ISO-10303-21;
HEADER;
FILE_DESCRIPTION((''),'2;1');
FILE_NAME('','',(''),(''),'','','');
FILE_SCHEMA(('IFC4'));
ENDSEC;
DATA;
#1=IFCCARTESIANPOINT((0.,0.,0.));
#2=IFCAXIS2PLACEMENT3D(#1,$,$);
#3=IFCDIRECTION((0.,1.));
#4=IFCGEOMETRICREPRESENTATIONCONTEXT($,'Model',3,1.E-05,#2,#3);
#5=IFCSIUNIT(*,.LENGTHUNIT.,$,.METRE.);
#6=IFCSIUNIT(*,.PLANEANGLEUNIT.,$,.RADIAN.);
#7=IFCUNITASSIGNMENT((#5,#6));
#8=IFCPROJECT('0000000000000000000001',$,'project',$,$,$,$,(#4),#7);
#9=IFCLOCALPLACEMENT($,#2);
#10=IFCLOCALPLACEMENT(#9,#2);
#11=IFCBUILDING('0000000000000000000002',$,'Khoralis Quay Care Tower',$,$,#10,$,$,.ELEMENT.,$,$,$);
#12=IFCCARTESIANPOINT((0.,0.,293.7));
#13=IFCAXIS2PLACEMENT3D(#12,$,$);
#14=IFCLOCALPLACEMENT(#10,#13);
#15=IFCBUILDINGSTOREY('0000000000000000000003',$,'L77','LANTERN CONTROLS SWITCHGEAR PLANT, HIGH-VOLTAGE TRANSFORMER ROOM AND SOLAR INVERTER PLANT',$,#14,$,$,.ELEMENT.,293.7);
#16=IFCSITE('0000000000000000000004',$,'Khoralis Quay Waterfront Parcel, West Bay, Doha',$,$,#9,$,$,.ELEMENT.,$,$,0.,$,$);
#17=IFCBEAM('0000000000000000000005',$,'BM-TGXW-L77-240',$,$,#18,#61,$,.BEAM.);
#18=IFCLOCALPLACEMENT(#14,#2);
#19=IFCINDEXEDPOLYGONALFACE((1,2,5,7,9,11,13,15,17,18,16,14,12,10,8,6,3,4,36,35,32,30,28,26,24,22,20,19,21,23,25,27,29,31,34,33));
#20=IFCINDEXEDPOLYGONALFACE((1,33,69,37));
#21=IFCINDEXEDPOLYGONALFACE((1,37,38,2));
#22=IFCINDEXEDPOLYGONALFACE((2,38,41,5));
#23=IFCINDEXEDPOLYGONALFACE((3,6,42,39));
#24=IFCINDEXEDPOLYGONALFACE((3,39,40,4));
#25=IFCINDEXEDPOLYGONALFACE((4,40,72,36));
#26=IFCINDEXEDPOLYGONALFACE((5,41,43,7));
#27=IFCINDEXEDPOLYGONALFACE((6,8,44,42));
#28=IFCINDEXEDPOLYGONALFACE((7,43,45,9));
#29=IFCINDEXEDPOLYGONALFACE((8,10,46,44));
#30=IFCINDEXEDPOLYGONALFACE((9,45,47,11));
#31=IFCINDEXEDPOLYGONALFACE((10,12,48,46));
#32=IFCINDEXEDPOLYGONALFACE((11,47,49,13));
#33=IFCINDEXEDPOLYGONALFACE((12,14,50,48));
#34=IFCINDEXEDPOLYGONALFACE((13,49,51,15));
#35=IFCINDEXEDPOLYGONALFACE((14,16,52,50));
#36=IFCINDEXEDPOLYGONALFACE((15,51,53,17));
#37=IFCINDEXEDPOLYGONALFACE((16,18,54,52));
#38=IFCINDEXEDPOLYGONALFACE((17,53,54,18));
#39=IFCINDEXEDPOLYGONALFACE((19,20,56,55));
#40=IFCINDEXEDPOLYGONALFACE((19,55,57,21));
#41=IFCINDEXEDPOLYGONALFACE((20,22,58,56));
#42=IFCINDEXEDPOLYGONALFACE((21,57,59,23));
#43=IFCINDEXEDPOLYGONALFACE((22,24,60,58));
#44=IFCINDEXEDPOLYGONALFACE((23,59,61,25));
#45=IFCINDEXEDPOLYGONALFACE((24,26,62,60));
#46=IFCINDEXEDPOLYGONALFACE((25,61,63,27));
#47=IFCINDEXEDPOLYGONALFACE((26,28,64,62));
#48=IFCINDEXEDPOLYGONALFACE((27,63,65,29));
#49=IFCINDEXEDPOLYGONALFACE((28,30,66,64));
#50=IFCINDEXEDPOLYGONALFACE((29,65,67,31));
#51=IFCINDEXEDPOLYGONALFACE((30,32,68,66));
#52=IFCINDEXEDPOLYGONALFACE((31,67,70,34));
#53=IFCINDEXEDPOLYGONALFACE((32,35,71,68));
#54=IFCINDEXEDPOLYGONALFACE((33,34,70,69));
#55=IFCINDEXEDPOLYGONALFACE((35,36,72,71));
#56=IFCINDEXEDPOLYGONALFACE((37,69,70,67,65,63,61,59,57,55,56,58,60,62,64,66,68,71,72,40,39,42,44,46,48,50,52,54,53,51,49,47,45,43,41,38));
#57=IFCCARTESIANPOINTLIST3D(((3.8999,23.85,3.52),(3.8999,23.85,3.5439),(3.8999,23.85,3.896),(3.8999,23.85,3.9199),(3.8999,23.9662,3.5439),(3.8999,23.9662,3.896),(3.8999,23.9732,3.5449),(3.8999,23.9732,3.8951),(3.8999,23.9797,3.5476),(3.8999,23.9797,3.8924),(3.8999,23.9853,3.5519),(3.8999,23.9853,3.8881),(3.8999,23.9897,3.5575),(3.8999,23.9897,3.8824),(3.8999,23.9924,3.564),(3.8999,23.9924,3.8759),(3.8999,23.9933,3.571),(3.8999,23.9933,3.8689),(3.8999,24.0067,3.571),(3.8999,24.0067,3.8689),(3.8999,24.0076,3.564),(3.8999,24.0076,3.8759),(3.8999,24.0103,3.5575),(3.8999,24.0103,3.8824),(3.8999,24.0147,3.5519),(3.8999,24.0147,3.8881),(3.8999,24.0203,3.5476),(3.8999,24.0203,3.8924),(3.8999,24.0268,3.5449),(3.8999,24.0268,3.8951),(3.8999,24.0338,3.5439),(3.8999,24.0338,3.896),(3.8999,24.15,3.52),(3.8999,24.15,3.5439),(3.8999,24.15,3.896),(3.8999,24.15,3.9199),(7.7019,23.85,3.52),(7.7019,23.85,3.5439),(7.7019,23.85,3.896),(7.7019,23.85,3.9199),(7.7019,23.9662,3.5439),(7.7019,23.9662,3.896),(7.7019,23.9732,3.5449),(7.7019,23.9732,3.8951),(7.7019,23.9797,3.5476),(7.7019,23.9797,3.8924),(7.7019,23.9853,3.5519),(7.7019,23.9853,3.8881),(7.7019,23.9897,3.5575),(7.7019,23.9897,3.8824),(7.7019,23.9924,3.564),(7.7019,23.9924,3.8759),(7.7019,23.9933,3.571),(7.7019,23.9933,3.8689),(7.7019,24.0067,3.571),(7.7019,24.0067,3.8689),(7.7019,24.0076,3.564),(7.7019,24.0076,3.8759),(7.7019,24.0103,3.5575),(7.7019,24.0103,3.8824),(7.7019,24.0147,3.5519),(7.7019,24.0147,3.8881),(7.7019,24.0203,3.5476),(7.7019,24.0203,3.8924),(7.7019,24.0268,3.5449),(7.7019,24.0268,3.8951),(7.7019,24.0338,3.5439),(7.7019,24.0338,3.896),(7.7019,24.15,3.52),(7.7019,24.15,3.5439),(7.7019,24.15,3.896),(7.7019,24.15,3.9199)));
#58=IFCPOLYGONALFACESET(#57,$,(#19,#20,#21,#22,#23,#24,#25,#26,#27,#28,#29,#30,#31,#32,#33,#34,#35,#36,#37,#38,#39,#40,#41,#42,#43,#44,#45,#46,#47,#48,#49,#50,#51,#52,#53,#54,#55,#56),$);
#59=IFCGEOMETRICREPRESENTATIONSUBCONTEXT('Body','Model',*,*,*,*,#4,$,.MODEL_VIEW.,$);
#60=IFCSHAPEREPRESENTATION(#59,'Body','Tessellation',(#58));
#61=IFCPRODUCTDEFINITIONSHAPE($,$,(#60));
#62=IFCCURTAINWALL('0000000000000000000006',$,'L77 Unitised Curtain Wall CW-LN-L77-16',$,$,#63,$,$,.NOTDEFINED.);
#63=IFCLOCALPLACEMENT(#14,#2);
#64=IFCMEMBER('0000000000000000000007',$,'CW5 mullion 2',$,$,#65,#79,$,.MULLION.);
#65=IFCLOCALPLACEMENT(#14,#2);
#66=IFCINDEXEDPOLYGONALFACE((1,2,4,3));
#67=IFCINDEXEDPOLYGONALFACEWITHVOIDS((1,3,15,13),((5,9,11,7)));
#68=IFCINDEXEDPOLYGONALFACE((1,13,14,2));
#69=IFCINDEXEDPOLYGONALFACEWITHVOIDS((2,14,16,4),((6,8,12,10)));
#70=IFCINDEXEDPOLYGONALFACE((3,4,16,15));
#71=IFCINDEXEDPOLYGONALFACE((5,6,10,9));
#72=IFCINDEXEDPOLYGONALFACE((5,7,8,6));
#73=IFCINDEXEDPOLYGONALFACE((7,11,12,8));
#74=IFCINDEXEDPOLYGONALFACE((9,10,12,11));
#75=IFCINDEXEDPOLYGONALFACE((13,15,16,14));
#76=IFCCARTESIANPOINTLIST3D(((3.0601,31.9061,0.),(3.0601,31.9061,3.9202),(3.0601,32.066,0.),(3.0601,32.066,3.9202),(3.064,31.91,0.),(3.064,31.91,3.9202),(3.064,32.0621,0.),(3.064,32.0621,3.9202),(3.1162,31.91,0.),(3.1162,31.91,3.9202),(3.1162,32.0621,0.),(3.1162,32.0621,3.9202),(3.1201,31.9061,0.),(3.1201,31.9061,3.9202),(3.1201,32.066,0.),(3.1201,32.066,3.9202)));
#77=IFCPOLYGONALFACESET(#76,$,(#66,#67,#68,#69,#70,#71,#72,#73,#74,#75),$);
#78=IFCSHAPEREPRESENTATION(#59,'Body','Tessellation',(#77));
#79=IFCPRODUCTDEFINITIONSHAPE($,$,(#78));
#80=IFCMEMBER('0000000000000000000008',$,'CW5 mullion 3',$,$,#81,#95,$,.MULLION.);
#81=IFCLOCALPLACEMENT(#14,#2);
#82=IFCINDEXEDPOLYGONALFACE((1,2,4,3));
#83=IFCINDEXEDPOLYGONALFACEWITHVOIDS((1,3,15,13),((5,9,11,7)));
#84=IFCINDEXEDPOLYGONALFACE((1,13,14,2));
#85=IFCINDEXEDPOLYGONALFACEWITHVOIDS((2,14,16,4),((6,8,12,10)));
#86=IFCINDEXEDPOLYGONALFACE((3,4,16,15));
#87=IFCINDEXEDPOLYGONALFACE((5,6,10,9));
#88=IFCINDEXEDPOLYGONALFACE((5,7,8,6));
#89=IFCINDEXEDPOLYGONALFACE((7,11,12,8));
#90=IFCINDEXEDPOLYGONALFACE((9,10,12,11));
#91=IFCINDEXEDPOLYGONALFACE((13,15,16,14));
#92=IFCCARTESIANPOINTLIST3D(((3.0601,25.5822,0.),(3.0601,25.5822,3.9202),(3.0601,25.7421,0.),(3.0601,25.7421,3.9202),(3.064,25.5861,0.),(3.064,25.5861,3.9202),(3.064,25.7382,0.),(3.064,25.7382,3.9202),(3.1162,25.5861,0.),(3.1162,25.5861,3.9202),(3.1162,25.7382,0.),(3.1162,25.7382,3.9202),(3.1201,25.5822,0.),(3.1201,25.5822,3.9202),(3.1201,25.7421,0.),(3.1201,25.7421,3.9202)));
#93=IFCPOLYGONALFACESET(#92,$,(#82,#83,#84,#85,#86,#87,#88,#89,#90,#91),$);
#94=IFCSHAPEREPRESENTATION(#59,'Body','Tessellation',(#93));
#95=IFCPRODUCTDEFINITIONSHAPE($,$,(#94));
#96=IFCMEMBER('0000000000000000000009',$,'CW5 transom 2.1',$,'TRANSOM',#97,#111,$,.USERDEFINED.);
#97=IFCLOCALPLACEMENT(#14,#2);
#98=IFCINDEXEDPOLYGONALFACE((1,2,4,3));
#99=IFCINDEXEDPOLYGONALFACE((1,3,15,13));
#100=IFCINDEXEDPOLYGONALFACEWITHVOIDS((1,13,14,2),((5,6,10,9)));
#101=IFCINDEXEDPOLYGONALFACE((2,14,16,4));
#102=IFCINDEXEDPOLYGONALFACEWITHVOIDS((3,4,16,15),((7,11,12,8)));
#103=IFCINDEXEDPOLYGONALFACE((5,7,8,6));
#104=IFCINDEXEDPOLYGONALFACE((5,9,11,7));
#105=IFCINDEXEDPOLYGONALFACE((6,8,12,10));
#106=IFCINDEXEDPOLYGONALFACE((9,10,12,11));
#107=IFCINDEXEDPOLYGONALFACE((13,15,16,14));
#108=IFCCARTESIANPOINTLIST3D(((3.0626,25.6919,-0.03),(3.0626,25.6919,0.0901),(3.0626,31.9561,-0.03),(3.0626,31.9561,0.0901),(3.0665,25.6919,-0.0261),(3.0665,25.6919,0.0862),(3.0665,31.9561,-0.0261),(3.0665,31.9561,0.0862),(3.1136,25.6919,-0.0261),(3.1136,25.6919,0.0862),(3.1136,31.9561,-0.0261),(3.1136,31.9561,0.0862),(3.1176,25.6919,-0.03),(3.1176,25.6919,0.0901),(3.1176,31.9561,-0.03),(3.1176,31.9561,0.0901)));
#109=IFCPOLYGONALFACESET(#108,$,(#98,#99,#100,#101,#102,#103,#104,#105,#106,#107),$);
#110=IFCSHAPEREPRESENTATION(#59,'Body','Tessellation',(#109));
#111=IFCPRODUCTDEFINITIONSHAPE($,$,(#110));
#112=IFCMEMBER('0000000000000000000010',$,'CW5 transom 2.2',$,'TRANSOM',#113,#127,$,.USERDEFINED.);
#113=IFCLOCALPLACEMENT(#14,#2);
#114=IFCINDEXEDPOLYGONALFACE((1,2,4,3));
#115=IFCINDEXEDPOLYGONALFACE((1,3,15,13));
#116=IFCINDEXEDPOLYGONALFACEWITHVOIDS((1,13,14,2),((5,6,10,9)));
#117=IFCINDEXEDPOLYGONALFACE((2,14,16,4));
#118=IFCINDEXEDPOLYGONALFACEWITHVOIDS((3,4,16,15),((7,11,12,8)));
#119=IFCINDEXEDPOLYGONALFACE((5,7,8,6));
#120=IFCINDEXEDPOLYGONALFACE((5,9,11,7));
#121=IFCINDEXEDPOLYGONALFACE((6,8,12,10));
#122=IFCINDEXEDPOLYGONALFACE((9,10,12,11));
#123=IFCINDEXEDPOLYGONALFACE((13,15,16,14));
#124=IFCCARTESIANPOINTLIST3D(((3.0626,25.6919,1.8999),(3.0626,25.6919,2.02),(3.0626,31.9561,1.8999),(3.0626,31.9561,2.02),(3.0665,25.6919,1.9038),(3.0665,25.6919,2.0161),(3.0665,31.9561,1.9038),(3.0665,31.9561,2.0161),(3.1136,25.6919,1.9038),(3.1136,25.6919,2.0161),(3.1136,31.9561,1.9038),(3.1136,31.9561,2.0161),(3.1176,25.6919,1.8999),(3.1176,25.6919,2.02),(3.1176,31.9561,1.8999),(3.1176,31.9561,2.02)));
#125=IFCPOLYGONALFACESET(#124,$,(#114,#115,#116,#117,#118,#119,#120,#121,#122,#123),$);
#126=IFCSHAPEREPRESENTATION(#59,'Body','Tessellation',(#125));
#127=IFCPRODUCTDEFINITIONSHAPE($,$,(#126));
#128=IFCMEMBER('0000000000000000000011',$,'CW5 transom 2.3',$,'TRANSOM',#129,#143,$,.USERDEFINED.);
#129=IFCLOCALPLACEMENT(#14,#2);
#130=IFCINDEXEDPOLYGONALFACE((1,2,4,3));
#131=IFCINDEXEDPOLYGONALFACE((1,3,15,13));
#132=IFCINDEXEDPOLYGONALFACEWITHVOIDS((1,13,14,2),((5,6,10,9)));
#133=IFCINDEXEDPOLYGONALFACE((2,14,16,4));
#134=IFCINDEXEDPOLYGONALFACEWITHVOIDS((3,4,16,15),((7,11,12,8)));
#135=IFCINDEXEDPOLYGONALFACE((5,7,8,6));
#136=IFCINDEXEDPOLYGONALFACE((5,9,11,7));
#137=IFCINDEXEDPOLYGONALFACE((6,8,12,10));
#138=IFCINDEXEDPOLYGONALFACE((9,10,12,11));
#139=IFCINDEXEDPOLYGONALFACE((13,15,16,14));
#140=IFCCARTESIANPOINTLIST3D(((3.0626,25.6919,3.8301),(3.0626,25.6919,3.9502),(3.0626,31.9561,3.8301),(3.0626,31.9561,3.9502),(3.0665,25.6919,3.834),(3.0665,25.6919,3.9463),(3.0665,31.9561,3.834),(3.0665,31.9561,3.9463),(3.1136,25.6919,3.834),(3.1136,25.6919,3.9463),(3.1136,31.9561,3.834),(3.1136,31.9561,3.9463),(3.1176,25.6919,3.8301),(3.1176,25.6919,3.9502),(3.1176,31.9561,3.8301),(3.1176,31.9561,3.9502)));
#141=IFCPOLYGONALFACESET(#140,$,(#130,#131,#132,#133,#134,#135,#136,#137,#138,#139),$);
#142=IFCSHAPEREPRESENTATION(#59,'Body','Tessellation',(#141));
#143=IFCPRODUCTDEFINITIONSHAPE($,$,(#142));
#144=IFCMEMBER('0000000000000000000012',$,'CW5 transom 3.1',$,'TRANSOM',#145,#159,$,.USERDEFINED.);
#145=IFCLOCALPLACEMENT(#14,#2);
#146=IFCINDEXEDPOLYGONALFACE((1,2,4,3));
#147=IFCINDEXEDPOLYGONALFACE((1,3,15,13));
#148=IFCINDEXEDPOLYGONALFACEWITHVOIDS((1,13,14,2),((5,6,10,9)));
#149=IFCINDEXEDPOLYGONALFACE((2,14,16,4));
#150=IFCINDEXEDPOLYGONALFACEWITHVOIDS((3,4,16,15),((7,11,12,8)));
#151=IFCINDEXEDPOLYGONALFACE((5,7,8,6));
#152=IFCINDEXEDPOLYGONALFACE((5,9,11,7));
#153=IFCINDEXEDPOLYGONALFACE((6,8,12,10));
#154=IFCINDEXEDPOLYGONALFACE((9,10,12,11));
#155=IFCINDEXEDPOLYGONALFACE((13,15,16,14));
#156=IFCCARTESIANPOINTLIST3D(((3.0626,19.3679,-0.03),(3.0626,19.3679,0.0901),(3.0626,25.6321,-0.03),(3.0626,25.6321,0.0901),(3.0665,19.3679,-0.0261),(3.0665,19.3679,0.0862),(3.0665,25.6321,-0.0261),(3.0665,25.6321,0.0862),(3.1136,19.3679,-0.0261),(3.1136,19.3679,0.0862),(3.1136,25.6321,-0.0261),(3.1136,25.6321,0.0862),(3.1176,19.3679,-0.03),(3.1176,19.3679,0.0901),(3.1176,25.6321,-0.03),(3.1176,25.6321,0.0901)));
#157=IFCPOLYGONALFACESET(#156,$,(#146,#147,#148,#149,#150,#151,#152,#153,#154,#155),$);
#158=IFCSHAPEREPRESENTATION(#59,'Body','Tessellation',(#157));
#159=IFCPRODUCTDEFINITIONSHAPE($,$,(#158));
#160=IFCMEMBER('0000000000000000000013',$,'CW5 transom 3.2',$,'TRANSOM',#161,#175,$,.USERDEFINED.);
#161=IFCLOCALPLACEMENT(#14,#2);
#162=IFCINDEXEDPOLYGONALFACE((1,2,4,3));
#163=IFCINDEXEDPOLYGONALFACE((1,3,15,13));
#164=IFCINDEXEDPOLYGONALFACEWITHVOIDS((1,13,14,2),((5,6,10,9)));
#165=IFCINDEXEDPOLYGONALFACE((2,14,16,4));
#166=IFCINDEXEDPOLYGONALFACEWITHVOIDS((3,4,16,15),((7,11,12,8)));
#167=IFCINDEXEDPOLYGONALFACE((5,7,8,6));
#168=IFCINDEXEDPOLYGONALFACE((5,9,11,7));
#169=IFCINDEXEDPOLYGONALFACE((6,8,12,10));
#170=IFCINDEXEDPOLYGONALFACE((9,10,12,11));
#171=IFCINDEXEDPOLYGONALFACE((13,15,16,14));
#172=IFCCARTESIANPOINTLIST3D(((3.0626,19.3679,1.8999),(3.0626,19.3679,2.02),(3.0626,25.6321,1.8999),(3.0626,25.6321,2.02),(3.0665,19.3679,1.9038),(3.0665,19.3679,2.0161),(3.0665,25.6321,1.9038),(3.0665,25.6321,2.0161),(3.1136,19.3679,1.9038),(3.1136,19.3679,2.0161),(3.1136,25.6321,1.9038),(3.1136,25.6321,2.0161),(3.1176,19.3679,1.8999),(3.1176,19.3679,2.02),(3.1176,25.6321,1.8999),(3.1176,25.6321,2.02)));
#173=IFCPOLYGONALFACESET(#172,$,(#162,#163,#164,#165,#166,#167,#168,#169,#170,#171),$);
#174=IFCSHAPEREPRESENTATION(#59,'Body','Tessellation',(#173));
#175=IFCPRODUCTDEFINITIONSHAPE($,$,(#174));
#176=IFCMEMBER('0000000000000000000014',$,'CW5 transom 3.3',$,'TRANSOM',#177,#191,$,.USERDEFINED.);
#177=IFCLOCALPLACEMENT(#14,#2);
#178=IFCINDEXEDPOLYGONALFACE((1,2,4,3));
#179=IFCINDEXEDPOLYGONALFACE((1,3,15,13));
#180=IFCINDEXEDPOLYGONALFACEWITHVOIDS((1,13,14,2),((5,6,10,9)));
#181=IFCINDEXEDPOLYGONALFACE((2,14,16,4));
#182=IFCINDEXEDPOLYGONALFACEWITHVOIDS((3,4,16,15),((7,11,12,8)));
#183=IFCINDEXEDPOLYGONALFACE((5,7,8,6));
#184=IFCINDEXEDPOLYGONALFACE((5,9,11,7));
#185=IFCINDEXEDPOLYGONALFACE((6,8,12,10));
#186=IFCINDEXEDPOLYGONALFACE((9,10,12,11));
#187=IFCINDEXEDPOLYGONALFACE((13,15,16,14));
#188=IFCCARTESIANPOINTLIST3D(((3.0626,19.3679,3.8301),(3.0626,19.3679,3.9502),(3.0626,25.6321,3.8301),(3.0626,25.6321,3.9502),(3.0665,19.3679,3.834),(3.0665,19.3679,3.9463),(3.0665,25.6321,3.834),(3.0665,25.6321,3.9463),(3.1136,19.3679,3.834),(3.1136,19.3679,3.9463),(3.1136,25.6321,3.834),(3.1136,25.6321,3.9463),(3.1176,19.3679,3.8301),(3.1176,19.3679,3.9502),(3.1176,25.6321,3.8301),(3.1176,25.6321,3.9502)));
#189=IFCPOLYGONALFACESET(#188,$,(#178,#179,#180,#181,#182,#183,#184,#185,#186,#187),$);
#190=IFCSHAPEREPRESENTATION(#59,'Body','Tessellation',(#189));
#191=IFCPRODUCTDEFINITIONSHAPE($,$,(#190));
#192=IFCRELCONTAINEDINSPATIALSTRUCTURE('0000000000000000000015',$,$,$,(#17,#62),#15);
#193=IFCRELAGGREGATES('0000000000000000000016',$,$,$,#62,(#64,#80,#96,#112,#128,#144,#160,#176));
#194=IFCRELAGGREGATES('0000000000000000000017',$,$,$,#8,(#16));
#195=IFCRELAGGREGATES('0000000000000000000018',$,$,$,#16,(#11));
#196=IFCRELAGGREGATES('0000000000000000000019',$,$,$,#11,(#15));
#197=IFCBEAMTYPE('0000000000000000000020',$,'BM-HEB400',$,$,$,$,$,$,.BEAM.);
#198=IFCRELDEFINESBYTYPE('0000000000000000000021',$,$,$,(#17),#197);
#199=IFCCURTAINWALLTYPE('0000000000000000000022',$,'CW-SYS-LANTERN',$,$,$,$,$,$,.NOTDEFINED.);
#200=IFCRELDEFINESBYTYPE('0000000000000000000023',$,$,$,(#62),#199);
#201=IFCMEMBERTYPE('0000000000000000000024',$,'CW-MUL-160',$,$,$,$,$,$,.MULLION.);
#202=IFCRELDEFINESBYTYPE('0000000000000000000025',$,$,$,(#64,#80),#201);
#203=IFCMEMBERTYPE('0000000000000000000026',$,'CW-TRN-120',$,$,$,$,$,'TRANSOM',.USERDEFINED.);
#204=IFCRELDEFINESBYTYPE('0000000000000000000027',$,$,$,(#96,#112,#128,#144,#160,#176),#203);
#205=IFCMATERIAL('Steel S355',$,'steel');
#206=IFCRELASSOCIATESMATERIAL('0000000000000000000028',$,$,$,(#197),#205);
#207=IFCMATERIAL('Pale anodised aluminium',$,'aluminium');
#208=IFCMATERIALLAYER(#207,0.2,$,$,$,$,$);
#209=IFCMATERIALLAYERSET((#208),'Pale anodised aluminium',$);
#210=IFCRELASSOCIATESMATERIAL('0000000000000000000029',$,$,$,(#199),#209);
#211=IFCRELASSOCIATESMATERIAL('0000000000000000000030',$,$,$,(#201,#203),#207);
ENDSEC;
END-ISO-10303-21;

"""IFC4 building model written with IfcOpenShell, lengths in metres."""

from ifc_helpers import new_model, si_unit, direction, frame, origin, origin_2d, place, context, subcontext, project, spatial, hollow_rectangle, i_section, extrude, source, transform, mapped, material, layer, layer_set, material_profile, profile_set, type_object, element, aggregate, save


model = new_model("IFC4")

# Units and contexts
model_context = context("Model", 3, precision=1e-05, world=origin(), true_north=direction((0.0, 1.0)))
body_context = subcontext(model_context, "Body", "Model", "MODEL_VIEW")
ifc_project = project(units=[si_unit("LENGTHUNIT", "METRE"), si_unit("PLANEANGLEUNIT", "RADIAN")], contexts=[model_context])

# Site, building, storey
site_placement = place(None, origin())
site = spatial("IfcSite", under=ifc_project, at=site_placement, Name="Khoralis Quay Waterfront Parcel, West Bay, Doha", CompositionType="ELEMENT", RefElevation=0.0)
building_placement = place(site_placement, origin())
building = spatial("IfcBuilding", under=site, at=building_placement, Name="Khoralis Quay Care Tower", CompositionType="ELEMENT")
storey_placement = place(building_placement, frame((0.0, 0.0, 293.7)))
storey = spatial("IfcBuildingStorey", under=building, at=storey_placement, Name="L77", Description="LANTERN CONTROLS SWITCHGEAR PLANT, HIGH-VOLTAGE TRANSFORMER ROOM AND SOLAR INVERTER PLANT", CompositionType="ELEMENT", Elevation=293.7)

# Beam
ifc_material_1 = material(Name="Steel S355", Category="steel")
ifc_material_profile_1 = material_profile(ifc_material_1, i_section(OverallWidth=0.3, OverallDepth=0.3999, WebThickness=0.0134, FlangeThickness=0.0239, FilletRadius=0.0271, at=origin_2d()), Name="Steel S355")
ifc_profile_set_1 = profile_set([ifc_material_profile_1], Name="Steel S355")
beam_type_1 = type_object("IfcBeamType", Name="BM-HEB400", PredefinedType="BEAM", material=ifc_profile_set_1)
shared_shape_1 = source(origin(), body_context, "Body", "SweptSolid", [
    extrude(i_section(OverallWidth=0.3, OverallDepth=0.3999, WebThickness=0.0134, FlangeThickness=0.0239, FilletRadius=0.0271, at=origin_2d()), origin(), (0.0, 0.0, 1.0), 3.802),
])
beam_1_placement = place(storey_placement, frame((3.8999, 24.0, 3.72), z_axis=(1.0, 0.0, 0.0), x_axis=(0.0, 1.0, 0.0)))
element("IfcBeam", 1, at=beam_1_placement, inside=storey, type_object=beam_type_1, Name="BM-TGXW-L77-240", PredefinedType="BEAM", context=body_context, shape_type="MappedRepresentation", body=[
    mapped(shared_shape_1, transform((0.0, 0.0, 0.0), scale=1.0)),
])

# Curtain wall, members
ifc_material_2 = material(Name="Pale anodised aluminium", Category="aluminium")
ifc_layer_1 = layer(ifc_material_2, 0.2)
ifc_layer_set_1 = layer_set([ifc_layer_1], Name="Pale anodised aluminium")
curtain_wall_type = type_object("IfcCurtainWallType", Name="CW-SYS-LANTERN", PredefinedType="NOTDEFINED", material=ifc_layer_set_1)
curtain_wall_placement = place(storey_placement, origin())
curtain_wall = element("IfcCurtainWall", 2, at=curtain_wall_placement, inside=storey, type_object=curtain_wall_type, Name="L77 Unitised Curtain Wall CW-LN-L77-16", PredefinedType="NOTDEFINED")
ifc_material_profile_2 = material_profile(ifc_material_2, hollow_rectangle(XDim=0.0601, YDim=0.1599, WallThickness=0.0039, at=origin_2d()), Name="Pale anodised aluminium")
ifc_profile_set_2 = profile_set([ifc_material_profile_2], Name="Pale anodised aluminium")
member_type_1 = type_object("IfcMemberType", Name="CW-MUL-160", PredefinedType="MULLION", material=ifc_profile_set_2)
shared_shape_2 = source(origin(), body_context, "Body", "SweptSolid", [
    extrude(hollow_rectangle(XDim=0.0601, YDim=0.1599, WallThickness=0.0039, at=origin_2d()), origin(), (0.0, 0.0, 1.0), 3.9202),
])
member_1_placement = place(storey_placement, frame((3.0901, 31.9861, 0.0), z_axis=(0.0, 0.0, 1.0), x_axis=(1.0, 0.0, 0.0)))
member_1 = element("IfcMember", 3, at=member_1_placement, type_object=member_type_1, Name="CW5 mullion 2", PredefinedType="MULLION", context=body_context, shape_type="MappedRepresentation", body=[
    mapped(shared_shape_2, transform((0.0, 0.0, 0.0), scale=1.0)),
])
member_2_placement = place(storey_placement, frame((3.0901, 25.6621, 0.0), z_axis=(0.0, 0.0, 1.0), x_axis=(1.0, 0.0, 0.0)))
member_2 = element("IfcMember", 4, at=member_2_placement, type_object=member_type_1, Name="CW5 mullion 3", PredefinedType="MULLION", context=body_context, shape_type="MappedRepresentation", body=[
    mapped(shared_shape_2, transform((0.0, 0.0, 0.0), scale=1.0)),
])
ifc_material_profile_3 = material_profile(ifc_material_2, hollow_rectangle(XDim=0.0549, YDim=0.1201, WallThickness=0.0039, at=origin_2d()), Name="Pale anodised aluminium")
ifc_profile_set_3 = profile_set([ifc_material_profile_3], Name="Pale anodised aluminium")
member_type_2 = type_object("IfcMemberType", Name="CW-TRN-120", ElementType="TRANSOM", PredefinedType="USERDEFINED", material=ifc_profile_set_3)
shared_shape_3 = source(origin(), body_context, "Body", "SweptSolid", [
    extrude(hollow_rectangle(XDim=0.0549, YDim=0.1201, WallThickness=0.0039, at=origin_2d()), origin(), (0.0, 0.0, 1.0), 6.2642),
])
member_3_placement = place(storey_placement, frame((3.0901, 31.9561, 0.03), z_axis=(0.0, -1.0, 0.0), x_axis=(1.0, 0.0, 0.0)))
member_3 = element("IfcMember", 5, at=member_3_placement, type_object=member_type_2, Name="CW5 transom 2.1", ObjectType="TRANSOM", PredefinedType="USERDEFINED", context=body_context, shape_type="MappedRepresentation", body=[
    mapped(shared_shape_3, transform((0.0, 0.0, 0.0), scale=1.0)),
])
member_4_placement = place(storey_placement, frame((3.0901, 31.9561, 1.96), z_axis=(0.0, -1.0, 0.0), x_axis=(1.0, 0.0, 0.0)))
member_4 = element("IfcMember", 6, at=member_4_placement, type_object=member_type_2, Name="CW5 transom 2.2", ObjectType="TRANSOM", PredefinedType="USERDEFINED", context=body_context, shape_type="MappedRepresentation", body=[
    mapped(shared_shape_3, transform((0.0, 0.0, 0.0), scale=1.0)),
])
member_5_placement = place(storey_placement, frame((3.0901, 31.9561, 3.8901), z_axis=(0.0, -1.0, 0.0), x_axis=(1.0, 0.0, 0.0)))
member_5 = element("IfcMember", 7, at=member_5_placement, type_object=member_type_2, Name="CW5 transom 2.3", ObjectType="TRANSOM", PredefinedType="USERDEFINED", context=body_context, shape_type="MappedRepresentation", body=[
    mapped(shared_shape_3, transform((0.0, 0.0, 0.0), scale=1.0)),
])
member_6_placement = place(storey_placement, frame((3.0901, 25.6321, 0.03), z_axis=(0.0, -1.0, 0.0), x_axis=(1.0, 0.0, 0.0)))
member_6 = element("IfcMember", 8, at=member_6_placement, type_object=member_type_2, Name="CW5 transom 3.1", ObjectType="TRANSOM", PredefinedType="USERDEFINED", context=body_context, shape_type="MappedRepresentation", body=[
    mapped(shared_shape_3, transform((0.0, 0.0, 0.0), scale=1.0)),
])
member_7_placement = place(storey_placement, frame((3.0901, 25.6321, 1.96), z_axis=(0.0, -1.0, 0.0), x_axis=(1.0, 0.0, 0.0)))
member_7 = element("IfcMember", 9, at=member_7_placement, type_object=member_type_2, Name="CW5 transom 3.2", ObjectType="TRANSOM", PredefinedType="USERDEFINED", context=body_context, shape_type="MappedRepresentation", body=[
    mapped(shared_shape_3, transform((0.0, 0.0, 0.0), scale=1.0)),
])
member_8_placement = place(storey_placement, frame((3.0901, 25.6321, 3.8901), z_axis=(0.0, -1.0, 0.0), x_axis=(1.0, 0.0, 0.0)))
member_8 = element("IfcMember", 10, at=member_8_placement, type_object=member_type_2, Name="CW5 transom 3.3", ObjectType="TRANSOM", PredefinedType="USERDEFINED", context=body_context, shape_type="MappedRepresentation", body=[
    mapped(shared_shape_3, transform((0.0, 0.0, 0.0), scale=1.0)),
])

aggregate(curtain_wall, [member_1, member_2, member_3, member_4, member_5, member_6, member_7, member_8])

save(model, "model.ifc")
